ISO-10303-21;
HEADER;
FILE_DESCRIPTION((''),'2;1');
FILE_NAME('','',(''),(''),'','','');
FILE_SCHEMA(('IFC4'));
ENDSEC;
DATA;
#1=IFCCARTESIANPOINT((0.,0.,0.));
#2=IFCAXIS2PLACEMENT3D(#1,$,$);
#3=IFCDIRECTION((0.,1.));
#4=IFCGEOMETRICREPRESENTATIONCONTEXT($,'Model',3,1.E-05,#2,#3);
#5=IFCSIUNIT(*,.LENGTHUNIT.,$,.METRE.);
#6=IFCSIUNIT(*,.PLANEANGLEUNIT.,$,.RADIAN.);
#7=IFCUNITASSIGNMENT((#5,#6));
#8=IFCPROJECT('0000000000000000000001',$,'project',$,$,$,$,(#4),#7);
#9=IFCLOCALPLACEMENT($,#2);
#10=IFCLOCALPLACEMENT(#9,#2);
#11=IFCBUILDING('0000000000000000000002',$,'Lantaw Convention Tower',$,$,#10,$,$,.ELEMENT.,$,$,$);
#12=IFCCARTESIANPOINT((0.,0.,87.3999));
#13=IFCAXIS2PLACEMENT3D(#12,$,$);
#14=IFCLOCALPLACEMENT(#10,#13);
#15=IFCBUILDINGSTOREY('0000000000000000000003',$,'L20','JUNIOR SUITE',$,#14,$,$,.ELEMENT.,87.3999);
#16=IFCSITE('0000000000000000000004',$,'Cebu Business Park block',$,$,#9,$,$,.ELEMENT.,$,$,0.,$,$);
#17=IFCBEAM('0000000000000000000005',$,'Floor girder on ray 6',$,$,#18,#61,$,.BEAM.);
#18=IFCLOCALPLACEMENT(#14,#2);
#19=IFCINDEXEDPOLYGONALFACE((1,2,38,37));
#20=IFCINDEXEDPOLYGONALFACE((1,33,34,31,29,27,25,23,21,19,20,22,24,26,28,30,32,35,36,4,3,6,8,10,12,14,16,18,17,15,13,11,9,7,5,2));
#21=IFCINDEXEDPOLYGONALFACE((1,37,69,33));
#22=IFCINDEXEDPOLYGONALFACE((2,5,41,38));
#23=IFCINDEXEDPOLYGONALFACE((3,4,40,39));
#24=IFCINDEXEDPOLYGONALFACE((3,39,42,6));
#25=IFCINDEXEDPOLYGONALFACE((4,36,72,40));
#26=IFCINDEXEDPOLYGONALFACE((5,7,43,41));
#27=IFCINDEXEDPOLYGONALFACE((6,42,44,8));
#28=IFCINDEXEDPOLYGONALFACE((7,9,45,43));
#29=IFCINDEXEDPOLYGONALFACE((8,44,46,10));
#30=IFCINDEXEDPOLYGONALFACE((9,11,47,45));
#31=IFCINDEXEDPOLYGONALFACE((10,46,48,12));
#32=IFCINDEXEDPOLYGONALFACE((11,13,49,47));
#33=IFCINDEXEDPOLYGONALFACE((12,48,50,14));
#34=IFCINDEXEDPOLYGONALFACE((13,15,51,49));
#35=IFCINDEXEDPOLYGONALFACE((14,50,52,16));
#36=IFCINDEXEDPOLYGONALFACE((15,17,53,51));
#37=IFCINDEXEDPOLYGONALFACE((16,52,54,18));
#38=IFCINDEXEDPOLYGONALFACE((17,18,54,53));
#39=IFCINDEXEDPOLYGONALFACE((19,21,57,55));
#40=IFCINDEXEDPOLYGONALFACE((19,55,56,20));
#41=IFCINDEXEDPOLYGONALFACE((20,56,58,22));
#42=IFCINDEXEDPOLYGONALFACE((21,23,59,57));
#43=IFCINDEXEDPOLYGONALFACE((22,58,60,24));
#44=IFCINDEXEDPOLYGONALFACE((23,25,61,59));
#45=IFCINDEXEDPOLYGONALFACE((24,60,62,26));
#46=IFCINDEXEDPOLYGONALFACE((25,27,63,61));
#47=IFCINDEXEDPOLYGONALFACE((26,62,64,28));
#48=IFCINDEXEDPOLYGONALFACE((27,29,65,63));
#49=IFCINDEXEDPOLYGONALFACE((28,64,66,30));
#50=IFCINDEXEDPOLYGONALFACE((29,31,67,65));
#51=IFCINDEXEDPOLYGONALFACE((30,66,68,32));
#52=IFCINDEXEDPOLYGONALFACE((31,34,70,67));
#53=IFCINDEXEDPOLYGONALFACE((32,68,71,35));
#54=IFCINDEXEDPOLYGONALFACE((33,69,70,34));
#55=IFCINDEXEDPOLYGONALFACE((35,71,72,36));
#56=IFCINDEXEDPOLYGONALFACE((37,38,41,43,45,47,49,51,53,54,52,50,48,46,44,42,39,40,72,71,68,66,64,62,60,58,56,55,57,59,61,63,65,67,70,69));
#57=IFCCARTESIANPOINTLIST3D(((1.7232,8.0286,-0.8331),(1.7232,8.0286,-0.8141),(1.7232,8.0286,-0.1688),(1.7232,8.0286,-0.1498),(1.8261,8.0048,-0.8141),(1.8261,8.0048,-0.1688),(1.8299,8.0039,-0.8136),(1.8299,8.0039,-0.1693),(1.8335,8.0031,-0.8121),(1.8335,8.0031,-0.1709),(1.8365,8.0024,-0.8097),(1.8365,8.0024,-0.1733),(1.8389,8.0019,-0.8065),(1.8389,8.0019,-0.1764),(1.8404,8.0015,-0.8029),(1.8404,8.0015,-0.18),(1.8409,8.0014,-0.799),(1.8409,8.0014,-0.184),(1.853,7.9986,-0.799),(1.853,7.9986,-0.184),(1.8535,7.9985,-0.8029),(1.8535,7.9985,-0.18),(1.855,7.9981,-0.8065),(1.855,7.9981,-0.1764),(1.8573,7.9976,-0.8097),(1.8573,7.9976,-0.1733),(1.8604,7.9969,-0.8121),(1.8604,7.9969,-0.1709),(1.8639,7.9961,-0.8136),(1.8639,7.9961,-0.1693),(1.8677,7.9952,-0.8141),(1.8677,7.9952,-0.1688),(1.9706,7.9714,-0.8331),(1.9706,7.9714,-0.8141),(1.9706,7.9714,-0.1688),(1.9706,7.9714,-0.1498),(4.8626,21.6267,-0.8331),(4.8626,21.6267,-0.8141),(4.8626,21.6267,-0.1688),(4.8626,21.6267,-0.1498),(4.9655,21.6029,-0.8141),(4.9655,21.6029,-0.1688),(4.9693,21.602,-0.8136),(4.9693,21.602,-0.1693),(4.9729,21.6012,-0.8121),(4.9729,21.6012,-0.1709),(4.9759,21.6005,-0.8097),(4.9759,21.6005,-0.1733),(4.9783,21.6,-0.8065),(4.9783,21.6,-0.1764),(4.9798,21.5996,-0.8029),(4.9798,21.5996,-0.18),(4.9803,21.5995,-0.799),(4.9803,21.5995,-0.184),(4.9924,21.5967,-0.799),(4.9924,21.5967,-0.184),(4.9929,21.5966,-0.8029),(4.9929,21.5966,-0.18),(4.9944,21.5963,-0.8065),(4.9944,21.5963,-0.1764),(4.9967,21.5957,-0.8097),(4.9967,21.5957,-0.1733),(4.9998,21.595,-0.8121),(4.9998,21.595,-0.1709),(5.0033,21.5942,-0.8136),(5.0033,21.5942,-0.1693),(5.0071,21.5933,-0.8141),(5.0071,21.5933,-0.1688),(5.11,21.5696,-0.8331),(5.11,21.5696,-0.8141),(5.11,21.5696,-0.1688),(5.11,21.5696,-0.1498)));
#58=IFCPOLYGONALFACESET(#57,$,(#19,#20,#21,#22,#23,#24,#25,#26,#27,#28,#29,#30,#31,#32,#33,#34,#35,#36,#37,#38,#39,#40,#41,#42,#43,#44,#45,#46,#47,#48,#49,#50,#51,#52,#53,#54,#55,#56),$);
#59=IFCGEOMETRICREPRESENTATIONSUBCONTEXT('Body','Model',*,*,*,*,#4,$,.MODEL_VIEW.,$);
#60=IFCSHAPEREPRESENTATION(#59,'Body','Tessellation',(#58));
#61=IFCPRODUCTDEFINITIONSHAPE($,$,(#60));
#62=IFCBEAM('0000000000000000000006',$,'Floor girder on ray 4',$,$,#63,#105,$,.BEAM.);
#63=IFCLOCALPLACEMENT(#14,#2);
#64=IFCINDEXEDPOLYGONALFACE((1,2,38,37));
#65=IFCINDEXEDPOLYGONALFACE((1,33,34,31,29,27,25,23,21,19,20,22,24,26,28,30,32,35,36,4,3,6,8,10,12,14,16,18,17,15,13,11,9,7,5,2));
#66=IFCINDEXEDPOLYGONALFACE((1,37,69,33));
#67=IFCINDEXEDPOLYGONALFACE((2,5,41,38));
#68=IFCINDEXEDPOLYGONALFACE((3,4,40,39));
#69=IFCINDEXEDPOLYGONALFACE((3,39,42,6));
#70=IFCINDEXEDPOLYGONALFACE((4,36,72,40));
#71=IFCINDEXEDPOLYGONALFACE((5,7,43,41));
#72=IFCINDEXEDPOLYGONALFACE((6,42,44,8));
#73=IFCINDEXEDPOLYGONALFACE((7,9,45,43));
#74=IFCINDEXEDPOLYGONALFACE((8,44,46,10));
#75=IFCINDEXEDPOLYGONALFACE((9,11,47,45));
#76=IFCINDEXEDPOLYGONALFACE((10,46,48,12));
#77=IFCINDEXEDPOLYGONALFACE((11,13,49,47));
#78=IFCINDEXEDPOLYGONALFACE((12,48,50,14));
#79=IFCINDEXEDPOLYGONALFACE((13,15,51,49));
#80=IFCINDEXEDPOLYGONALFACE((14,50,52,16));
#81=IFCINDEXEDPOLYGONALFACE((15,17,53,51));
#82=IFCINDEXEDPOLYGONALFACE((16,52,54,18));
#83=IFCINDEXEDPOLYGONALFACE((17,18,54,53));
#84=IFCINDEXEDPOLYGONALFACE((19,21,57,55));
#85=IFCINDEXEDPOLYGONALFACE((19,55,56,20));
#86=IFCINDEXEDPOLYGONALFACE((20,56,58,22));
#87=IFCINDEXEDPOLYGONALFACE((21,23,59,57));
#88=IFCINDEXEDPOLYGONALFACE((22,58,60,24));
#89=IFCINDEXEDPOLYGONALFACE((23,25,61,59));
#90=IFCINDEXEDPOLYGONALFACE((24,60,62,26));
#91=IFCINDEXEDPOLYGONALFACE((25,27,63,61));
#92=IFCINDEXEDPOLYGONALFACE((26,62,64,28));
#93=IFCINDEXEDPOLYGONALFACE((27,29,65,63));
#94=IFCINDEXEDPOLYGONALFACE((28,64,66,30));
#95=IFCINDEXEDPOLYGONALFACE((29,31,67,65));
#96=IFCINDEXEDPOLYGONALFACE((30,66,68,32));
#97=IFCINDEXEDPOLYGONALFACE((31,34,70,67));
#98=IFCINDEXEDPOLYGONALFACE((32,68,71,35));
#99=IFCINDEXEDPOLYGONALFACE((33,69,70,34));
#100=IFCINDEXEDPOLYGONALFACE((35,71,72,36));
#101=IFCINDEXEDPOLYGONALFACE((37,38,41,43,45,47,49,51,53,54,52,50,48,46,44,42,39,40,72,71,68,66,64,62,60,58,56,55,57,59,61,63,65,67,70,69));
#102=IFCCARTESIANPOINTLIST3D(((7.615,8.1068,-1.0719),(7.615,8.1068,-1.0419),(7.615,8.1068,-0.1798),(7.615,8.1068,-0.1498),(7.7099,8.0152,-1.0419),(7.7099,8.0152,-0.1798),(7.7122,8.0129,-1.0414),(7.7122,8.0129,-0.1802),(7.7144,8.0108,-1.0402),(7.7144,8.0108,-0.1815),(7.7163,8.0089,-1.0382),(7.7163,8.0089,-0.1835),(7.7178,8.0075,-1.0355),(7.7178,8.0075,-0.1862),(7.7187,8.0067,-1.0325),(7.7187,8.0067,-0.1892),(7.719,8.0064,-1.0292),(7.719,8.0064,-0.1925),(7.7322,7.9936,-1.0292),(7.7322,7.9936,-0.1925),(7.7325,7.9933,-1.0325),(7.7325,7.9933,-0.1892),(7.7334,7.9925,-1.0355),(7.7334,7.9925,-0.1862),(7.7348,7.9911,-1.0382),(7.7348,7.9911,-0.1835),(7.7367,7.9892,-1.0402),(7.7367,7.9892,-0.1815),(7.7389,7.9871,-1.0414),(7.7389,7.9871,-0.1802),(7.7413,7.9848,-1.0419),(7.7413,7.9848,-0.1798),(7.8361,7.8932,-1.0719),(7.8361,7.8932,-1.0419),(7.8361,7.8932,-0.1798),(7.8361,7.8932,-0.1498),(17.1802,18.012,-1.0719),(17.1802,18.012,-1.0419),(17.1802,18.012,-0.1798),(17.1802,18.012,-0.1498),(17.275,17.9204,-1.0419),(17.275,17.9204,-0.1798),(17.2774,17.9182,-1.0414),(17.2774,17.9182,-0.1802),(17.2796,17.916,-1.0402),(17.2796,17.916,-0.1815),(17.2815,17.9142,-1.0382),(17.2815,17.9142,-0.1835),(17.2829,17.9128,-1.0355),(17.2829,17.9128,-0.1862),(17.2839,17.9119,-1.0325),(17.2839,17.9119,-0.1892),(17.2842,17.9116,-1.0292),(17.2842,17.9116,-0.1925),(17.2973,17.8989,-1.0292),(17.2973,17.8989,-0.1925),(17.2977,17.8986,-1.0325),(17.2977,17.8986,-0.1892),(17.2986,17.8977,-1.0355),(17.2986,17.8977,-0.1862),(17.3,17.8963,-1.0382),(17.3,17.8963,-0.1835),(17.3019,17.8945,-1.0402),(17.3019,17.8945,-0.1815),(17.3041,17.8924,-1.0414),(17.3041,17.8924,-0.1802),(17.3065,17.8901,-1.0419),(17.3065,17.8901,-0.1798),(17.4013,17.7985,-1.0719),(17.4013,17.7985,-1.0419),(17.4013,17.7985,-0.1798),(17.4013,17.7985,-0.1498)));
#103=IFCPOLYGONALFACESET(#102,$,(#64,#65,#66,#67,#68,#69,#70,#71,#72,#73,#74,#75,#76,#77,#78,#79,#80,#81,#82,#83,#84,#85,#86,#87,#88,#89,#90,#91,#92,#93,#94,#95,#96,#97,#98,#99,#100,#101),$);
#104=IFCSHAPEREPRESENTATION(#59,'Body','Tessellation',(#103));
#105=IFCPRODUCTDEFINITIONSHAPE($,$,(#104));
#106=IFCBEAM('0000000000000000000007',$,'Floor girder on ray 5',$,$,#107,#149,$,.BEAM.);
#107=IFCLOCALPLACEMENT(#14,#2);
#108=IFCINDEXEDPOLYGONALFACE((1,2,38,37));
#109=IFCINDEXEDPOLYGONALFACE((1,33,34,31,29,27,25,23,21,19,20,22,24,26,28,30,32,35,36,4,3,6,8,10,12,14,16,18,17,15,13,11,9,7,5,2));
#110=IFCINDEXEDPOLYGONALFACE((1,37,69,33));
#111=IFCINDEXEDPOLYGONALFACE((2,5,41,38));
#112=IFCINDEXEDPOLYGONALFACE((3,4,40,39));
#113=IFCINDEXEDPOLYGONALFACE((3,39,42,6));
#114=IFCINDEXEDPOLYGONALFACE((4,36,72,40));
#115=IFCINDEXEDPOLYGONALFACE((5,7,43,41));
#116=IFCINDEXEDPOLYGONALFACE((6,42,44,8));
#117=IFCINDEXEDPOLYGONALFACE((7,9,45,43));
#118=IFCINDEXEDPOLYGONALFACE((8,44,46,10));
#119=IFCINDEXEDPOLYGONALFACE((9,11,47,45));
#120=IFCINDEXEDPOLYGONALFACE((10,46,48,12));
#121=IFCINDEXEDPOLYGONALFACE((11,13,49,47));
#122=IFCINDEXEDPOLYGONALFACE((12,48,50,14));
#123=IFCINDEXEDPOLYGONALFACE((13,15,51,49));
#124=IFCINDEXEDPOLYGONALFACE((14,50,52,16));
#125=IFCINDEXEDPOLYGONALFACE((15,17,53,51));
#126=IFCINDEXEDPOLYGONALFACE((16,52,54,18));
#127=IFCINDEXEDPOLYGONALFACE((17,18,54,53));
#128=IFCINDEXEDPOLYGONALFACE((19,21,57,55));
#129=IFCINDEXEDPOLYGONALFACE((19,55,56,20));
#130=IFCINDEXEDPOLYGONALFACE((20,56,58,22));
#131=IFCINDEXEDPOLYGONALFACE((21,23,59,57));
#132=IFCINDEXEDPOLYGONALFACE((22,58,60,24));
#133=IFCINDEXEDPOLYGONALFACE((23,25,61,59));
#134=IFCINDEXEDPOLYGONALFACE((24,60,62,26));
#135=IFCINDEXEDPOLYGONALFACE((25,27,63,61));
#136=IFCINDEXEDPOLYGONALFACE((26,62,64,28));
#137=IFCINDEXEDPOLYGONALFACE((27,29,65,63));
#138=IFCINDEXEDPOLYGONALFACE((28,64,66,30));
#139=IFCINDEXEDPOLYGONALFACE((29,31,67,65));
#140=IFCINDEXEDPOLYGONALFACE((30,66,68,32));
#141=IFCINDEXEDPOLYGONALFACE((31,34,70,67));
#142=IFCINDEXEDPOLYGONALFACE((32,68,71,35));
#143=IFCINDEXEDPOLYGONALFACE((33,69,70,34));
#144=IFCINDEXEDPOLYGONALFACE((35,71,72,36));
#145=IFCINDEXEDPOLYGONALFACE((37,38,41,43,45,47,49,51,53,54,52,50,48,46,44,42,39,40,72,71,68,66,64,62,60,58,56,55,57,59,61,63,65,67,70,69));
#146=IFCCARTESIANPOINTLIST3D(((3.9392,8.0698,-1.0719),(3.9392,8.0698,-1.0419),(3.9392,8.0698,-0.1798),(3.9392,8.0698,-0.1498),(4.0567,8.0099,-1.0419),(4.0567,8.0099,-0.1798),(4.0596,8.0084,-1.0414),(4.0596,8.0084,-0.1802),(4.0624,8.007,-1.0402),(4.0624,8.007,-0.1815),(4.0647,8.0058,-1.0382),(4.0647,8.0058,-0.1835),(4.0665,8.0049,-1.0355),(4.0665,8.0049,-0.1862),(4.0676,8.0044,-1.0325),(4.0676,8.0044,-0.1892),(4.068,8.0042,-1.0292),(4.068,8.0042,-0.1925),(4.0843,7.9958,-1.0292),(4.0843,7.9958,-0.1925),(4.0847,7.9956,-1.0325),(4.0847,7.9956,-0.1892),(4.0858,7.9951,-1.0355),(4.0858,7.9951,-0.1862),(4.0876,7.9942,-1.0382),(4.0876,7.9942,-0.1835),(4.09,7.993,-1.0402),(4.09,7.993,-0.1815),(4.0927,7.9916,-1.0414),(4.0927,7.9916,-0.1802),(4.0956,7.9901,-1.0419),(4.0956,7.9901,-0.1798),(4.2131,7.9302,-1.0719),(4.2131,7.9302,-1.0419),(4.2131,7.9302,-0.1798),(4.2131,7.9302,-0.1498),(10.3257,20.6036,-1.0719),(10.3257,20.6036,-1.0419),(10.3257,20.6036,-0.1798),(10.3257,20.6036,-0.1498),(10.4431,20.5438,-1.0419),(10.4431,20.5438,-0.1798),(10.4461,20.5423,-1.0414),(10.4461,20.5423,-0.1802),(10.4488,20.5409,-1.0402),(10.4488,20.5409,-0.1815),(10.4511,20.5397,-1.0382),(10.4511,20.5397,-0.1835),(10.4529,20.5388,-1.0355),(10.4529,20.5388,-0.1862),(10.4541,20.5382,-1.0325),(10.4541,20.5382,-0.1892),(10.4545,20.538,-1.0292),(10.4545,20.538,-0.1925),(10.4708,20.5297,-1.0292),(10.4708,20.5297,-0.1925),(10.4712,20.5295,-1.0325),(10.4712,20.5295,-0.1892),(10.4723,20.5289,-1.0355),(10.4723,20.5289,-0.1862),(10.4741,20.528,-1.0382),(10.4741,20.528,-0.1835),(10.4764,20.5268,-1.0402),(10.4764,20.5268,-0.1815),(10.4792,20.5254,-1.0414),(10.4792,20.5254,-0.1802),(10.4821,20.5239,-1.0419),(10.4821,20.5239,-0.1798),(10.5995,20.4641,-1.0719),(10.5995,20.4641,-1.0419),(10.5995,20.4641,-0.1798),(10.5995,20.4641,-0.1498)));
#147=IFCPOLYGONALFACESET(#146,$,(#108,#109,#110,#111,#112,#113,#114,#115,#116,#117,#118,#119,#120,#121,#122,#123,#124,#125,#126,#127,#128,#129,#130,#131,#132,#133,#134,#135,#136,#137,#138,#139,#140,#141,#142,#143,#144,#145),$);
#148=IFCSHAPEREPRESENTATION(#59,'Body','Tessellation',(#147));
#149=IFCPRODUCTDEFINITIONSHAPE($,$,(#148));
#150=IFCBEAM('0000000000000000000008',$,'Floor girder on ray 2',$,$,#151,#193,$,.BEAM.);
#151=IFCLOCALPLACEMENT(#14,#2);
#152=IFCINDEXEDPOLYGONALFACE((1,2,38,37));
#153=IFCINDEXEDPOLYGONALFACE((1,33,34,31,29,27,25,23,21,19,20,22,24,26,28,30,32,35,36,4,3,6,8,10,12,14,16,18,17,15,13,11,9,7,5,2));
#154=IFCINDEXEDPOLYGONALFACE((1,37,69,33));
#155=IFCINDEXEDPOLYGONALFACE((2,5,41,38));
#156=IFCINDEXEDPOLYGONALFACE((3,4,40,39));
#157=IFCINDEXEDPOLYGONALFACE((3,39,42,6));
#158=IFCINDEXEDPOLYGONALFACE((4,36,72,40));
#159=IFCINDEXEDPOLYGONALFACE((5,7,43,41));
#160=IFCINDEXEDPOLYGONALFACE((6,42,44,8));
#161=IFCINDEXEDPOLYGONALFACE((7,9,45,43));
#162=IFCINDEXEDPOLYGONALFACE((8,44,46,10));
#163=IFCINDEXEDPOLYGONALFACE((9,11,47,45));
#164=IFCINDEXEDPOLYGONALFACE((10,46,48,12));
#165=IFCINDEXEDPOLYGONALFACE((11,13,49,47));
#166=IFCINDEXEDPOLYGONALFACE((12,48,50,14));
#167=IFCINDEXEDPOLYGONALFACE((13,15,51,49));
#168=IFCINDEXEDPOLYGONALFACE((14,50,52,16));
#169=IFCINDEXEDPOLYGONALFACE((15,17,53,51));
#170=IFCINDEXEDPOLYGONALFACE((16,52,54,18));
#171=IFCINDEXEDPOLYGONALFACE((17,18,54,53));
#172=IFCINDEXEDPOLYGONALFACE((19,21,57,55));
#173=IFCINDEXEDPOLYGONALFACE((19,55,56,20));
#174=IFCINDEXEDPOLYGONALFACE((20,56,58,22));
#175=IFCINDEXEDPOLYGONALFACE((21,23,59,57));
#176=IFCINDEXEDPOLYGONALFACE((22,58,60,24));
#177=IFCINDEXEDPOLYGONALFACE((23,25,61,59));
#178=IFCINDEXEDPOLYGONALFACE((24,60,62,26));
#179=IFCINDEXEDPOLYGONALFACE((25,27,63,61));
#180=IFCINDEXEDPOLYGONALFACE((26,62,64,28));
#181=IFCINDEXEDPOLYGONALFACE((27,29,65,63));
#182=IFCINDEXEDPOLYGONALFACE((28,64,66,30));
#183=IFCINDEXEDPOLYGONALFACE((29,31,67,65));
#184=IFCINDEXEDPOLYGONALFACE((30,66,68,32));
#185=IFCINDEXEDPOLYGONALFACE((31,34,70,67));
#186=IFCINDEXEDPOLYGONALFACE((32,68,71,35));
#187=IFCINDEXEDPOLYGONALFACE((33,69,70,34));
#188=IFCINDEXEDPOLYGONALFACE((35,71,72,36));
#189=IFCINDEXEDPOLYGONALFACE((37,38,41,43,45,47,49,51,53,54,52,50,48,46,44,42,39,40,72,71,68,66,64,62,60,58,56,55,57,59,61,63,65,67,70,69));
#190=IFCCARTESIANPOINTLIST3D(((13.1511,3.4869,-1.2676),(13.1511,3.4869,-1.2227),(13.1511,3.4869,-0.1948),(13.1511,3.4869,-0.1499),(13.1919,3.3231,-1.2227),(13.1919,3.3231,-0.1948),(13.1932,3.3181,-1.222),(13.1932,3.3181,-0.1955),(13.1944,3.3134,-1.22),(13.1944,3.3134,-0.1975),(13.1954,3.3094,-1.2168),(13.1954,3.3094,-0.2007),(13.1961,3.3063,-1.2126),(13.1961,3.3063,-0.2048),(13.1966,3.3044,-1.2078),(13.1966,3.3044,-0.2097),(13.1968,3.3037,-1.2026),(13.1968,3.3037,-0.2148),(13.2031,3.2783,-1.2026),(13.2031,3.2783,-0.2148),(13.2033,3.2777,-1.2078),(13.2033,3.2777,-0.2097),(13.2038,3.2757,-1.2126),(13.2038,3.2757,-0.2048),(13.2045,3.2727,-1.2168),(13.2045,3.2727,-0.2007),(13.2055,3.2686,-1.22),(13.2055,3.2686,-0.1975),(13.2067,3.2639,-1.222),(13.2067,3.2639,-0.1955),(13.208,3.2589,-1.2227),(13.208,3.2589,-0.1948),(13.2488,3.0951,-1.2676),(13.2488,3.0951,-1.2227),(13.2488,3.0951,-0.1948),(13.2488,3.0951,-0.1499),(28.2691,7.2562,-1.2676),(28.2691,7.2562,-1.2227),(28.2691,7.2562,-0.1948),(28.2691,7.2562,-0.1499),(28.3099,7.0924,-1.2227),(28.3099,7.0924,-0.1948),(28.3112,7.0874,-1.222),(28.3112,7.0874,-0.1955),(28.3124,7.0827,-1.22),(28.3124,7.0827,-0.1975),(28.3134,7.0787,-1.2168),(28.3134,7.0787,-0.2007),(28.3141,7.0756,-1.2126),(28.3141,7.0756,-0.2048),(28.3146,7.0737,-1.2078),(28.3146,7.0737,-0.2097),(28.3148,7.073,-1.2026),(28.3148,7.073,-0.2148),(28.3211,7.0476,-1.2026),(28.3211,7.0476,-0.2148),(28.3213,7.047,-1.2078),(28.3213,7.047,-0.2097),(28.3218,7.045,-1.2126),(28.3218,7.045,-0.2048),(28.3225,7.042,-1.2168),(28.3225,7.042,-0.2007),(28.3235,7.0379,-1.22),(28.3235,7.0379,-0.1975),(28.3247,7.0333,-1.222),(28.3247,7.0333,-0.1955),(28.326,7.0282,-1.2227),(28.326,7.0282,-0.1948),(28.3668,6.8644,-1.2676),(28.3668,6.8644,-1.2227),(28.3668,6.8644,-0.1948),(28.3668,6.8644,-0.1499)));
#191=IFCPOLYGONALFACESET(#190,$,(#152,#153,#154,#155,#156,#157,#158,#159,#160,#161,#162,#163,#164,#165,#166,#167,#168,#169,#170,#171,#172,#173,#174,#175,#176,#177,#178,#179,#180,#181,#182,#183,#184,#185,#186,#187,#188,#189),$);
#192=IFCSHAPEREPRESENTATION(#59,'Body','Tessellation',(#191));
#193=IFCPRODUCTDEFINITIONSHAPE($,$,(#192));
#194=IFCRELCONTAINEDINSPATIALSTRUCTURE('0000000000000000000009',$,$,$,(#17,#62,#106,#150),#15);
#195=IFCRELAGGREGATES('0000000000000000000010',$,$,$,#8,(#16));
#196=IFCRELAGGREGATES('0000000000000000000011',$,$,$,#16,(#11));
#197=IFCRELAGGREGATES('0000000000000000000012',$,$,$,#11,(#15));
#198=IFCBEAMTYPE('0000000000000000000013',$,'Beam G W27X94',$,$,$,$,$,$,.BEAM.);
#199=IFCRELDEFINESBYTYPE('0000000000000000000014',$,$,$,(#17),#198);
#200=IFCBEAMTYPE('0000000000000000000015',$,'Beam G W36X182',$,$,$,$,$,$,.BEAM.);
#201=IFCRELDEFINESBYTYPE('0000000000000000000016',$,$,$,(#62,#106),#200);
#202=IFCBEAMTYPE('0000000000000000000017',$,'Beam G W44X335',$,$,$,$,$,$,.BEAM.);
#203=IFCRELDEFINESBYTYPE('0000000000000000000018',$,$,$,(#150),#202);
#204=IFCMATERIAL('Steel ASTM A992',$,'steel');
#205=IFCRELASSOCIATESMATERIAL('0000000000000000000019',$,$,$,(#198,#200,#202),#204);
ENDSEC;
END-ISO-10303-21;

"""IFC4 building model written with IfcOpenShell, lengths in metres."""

from ifc_helpers import new_model, si_unit, direction, frame, origin, origin_2d, place, context, subcontext, project, spatial, i_section, extrude, material, material_profile, profile_set, type_object, element, save


model = new_model("IFC4")

# Units and contexts
model_context = context("Model", 3, precision=1e-05, world=origin(), true_north=direction((0.0, 1.0)))
body_context = subcontext(model_context, "Body", "Model", "MODEL_VIEW")
ifc_project = project(units=[si_unit("LENGTHUNIT", "METRE"), si_unit("PLANEANGLEUNIT", "RADIAN")], contexts=[model_context])

# Site, building, storey
site_placement = place(None, origin())
site = spatial("IfcSite", under=ifc_project, at=site_placement, Name="Cebu Business Park block", CompositionType="ELEMENT", RefElevation=0.0)
building_placement = place(site_placement, origin())
building = spatial("IfcBuilding", under=site, at=building_placement, Name="Lantaw Convention Tower", CompositionType="ELEMENT")
storey_placement = place(building_placement, frame((0.0, 0.0, 87.3999)))
storey = spatial("IfcBuildingStorey", under=building, at=storey_placement, Name="L20", Description="JUNIOR SUITE", CompositionType="ELEMENT", Elevation=87.3999)

# Beams
ifc_material_1 = material(Name="Steel ASTM A992", Category="steel")
ifc_material_profile_1 = material_profile(ifc_material_1, i_section(OverallWidth=0.2539, OverallDepth=0.6833, WebThickness=0.0125, FlangeThickness=0.019, FilletRadius=0.0151, at=origin_2d()), Name="W27X94")
ifc_profile_set_1 = profile_set([ifc_material_profile_1], Name="Steel ASTM A992")
beam_type_1 = type_object("IfcBeamType", Name="Beam G W27X94", PredefinedType="BEAM", material=ifc_profile_set_1)
beam_1_placement = place(storey_placement, frame((1.8469, 8.0, -0.4915), z_axis=(0.224953, 0.97437, 0.0), x_axis=(-0.97437, 0.224953, 0.0)))
element("IfcBeam", 1, at=beam_1_placement, inside=storey, type_object=beam_type_1, Name="Floor girder on ray 6", PredefinedType="BEAM", context=body_context, shape_type="SweptSolid", body=[
    extrude(i_section(OverallWidth=0.2539, OverallDepth=0.6833, WebThickness=0.0125, FlangeThickness=0.019, FilletRadius=0.0151, at=origin_2d()), origin(), (0.0, 0.0, 1.0), 13.9558),
])
ifc_material_profile_2 = material_profile(ifc_material_1, i_section(OverallWidth=0.3074, OverallDepth=0.9221, WebThickness=0.0183, FlangeThickness=0.03, FilletRadius=0.0127, at=origin_2d()), Name="W36X182")
ifc_profile_set_2 = profile_set([ifc_material_profile_2], Name="Steel ASTM A992")
beam_type_2 = type_object("IfcBeamType", Name="Beam G W36X182", PredefinedType="BEAM", material=ifc_profile_set_2)
beam_2_placement = place(storey_placement, frame((7.7256, 8.0, -0.6108), z_axis=(0.69465, 0.719348, 0.0), x_axis=(-0.719348, 0.69465, 0.0)))
element("IfcBeam", 2, at=beam_2_placement, inside=storey, type_object=beam_type_2, Name="Floor girder on ray 4", PredefinedType="BEAM", context=body_context, shape_type="SweptSolid", body=[
    extrude(i_section(OverallWidth=0.3074, OverallDepth=0.9221, WebThickness=0.0183, FlangeThickness=0.03, FilletRadius=0.0127, at=origin_2d()), origin(), (0.0, 0.0, 1.0), 13.7698),
])
beam_3_placement = place(storey_placement, frame((4.0762, 8.0, -0.6108), z_axis=(0.453997, 0.891003, 0.0), x_axis=(-0.891003, 0.453997, 0.0)))
element("IfcBeam", 3, at=beam_3_placement, inside=storey, type_object=beam_type_2, Name="Floor girder on ray 5", PredefinedType="BEAM", context=body_context, shape_type="SweptSolid", body=[
    extrude(i_section(OverallWidth=0.3074, OverallDepth=0.9221, WebThickness=0.0183, FlangeThickness=0.03, FilletRadius=0.0127, at=origin_2d()), origin(), (0.0, 0.0, 1.0), 14.0671),
])
ifc_material_profile_3 = material_profile(ifc_material_1, i_section(OverallWidth=0.4038, OverallDepth=1.1177, WebThickness=0.0261, FlangeThickness=0.0449, FilletRadius=0.02, at=origin_2d()), Name="W44X335")
ifc_profile_set_3 = profile_set([ifc_material_profile_3], Name="Steel ASTM A992")
beam_type_3 = type_object("IfcBeamType", Name="Beam G W44X335", PredefinedType="BEAM", material=ifc_profile_set_3)
beam_4_placement = place(storey_placement, frame((13.2, 3.291, -0.7087), z_axis=(0.970296, 0.24192, 0.0), x_axis=(-0.24192, 0.970296, 0.0)))
element("IfcBeam", 4, at=beam_4_placement, inside=storey, type_object=beam_type_3, Name="Floor girder on ray 2", PredefinedType="BEAM", context=body_context, shape_type="SweptSolid", body=[
    extrude(i_section(OverallWidth=0.4038, OverallDepth=1.1177, WebThickness=0.0261, FlangeThickness=0.0449, FilletRadius=0.02, at=origin_2d()), origin(), (0.0, 0.0, 1.0), 15.5808),
])

save(model, "model.ifc")
